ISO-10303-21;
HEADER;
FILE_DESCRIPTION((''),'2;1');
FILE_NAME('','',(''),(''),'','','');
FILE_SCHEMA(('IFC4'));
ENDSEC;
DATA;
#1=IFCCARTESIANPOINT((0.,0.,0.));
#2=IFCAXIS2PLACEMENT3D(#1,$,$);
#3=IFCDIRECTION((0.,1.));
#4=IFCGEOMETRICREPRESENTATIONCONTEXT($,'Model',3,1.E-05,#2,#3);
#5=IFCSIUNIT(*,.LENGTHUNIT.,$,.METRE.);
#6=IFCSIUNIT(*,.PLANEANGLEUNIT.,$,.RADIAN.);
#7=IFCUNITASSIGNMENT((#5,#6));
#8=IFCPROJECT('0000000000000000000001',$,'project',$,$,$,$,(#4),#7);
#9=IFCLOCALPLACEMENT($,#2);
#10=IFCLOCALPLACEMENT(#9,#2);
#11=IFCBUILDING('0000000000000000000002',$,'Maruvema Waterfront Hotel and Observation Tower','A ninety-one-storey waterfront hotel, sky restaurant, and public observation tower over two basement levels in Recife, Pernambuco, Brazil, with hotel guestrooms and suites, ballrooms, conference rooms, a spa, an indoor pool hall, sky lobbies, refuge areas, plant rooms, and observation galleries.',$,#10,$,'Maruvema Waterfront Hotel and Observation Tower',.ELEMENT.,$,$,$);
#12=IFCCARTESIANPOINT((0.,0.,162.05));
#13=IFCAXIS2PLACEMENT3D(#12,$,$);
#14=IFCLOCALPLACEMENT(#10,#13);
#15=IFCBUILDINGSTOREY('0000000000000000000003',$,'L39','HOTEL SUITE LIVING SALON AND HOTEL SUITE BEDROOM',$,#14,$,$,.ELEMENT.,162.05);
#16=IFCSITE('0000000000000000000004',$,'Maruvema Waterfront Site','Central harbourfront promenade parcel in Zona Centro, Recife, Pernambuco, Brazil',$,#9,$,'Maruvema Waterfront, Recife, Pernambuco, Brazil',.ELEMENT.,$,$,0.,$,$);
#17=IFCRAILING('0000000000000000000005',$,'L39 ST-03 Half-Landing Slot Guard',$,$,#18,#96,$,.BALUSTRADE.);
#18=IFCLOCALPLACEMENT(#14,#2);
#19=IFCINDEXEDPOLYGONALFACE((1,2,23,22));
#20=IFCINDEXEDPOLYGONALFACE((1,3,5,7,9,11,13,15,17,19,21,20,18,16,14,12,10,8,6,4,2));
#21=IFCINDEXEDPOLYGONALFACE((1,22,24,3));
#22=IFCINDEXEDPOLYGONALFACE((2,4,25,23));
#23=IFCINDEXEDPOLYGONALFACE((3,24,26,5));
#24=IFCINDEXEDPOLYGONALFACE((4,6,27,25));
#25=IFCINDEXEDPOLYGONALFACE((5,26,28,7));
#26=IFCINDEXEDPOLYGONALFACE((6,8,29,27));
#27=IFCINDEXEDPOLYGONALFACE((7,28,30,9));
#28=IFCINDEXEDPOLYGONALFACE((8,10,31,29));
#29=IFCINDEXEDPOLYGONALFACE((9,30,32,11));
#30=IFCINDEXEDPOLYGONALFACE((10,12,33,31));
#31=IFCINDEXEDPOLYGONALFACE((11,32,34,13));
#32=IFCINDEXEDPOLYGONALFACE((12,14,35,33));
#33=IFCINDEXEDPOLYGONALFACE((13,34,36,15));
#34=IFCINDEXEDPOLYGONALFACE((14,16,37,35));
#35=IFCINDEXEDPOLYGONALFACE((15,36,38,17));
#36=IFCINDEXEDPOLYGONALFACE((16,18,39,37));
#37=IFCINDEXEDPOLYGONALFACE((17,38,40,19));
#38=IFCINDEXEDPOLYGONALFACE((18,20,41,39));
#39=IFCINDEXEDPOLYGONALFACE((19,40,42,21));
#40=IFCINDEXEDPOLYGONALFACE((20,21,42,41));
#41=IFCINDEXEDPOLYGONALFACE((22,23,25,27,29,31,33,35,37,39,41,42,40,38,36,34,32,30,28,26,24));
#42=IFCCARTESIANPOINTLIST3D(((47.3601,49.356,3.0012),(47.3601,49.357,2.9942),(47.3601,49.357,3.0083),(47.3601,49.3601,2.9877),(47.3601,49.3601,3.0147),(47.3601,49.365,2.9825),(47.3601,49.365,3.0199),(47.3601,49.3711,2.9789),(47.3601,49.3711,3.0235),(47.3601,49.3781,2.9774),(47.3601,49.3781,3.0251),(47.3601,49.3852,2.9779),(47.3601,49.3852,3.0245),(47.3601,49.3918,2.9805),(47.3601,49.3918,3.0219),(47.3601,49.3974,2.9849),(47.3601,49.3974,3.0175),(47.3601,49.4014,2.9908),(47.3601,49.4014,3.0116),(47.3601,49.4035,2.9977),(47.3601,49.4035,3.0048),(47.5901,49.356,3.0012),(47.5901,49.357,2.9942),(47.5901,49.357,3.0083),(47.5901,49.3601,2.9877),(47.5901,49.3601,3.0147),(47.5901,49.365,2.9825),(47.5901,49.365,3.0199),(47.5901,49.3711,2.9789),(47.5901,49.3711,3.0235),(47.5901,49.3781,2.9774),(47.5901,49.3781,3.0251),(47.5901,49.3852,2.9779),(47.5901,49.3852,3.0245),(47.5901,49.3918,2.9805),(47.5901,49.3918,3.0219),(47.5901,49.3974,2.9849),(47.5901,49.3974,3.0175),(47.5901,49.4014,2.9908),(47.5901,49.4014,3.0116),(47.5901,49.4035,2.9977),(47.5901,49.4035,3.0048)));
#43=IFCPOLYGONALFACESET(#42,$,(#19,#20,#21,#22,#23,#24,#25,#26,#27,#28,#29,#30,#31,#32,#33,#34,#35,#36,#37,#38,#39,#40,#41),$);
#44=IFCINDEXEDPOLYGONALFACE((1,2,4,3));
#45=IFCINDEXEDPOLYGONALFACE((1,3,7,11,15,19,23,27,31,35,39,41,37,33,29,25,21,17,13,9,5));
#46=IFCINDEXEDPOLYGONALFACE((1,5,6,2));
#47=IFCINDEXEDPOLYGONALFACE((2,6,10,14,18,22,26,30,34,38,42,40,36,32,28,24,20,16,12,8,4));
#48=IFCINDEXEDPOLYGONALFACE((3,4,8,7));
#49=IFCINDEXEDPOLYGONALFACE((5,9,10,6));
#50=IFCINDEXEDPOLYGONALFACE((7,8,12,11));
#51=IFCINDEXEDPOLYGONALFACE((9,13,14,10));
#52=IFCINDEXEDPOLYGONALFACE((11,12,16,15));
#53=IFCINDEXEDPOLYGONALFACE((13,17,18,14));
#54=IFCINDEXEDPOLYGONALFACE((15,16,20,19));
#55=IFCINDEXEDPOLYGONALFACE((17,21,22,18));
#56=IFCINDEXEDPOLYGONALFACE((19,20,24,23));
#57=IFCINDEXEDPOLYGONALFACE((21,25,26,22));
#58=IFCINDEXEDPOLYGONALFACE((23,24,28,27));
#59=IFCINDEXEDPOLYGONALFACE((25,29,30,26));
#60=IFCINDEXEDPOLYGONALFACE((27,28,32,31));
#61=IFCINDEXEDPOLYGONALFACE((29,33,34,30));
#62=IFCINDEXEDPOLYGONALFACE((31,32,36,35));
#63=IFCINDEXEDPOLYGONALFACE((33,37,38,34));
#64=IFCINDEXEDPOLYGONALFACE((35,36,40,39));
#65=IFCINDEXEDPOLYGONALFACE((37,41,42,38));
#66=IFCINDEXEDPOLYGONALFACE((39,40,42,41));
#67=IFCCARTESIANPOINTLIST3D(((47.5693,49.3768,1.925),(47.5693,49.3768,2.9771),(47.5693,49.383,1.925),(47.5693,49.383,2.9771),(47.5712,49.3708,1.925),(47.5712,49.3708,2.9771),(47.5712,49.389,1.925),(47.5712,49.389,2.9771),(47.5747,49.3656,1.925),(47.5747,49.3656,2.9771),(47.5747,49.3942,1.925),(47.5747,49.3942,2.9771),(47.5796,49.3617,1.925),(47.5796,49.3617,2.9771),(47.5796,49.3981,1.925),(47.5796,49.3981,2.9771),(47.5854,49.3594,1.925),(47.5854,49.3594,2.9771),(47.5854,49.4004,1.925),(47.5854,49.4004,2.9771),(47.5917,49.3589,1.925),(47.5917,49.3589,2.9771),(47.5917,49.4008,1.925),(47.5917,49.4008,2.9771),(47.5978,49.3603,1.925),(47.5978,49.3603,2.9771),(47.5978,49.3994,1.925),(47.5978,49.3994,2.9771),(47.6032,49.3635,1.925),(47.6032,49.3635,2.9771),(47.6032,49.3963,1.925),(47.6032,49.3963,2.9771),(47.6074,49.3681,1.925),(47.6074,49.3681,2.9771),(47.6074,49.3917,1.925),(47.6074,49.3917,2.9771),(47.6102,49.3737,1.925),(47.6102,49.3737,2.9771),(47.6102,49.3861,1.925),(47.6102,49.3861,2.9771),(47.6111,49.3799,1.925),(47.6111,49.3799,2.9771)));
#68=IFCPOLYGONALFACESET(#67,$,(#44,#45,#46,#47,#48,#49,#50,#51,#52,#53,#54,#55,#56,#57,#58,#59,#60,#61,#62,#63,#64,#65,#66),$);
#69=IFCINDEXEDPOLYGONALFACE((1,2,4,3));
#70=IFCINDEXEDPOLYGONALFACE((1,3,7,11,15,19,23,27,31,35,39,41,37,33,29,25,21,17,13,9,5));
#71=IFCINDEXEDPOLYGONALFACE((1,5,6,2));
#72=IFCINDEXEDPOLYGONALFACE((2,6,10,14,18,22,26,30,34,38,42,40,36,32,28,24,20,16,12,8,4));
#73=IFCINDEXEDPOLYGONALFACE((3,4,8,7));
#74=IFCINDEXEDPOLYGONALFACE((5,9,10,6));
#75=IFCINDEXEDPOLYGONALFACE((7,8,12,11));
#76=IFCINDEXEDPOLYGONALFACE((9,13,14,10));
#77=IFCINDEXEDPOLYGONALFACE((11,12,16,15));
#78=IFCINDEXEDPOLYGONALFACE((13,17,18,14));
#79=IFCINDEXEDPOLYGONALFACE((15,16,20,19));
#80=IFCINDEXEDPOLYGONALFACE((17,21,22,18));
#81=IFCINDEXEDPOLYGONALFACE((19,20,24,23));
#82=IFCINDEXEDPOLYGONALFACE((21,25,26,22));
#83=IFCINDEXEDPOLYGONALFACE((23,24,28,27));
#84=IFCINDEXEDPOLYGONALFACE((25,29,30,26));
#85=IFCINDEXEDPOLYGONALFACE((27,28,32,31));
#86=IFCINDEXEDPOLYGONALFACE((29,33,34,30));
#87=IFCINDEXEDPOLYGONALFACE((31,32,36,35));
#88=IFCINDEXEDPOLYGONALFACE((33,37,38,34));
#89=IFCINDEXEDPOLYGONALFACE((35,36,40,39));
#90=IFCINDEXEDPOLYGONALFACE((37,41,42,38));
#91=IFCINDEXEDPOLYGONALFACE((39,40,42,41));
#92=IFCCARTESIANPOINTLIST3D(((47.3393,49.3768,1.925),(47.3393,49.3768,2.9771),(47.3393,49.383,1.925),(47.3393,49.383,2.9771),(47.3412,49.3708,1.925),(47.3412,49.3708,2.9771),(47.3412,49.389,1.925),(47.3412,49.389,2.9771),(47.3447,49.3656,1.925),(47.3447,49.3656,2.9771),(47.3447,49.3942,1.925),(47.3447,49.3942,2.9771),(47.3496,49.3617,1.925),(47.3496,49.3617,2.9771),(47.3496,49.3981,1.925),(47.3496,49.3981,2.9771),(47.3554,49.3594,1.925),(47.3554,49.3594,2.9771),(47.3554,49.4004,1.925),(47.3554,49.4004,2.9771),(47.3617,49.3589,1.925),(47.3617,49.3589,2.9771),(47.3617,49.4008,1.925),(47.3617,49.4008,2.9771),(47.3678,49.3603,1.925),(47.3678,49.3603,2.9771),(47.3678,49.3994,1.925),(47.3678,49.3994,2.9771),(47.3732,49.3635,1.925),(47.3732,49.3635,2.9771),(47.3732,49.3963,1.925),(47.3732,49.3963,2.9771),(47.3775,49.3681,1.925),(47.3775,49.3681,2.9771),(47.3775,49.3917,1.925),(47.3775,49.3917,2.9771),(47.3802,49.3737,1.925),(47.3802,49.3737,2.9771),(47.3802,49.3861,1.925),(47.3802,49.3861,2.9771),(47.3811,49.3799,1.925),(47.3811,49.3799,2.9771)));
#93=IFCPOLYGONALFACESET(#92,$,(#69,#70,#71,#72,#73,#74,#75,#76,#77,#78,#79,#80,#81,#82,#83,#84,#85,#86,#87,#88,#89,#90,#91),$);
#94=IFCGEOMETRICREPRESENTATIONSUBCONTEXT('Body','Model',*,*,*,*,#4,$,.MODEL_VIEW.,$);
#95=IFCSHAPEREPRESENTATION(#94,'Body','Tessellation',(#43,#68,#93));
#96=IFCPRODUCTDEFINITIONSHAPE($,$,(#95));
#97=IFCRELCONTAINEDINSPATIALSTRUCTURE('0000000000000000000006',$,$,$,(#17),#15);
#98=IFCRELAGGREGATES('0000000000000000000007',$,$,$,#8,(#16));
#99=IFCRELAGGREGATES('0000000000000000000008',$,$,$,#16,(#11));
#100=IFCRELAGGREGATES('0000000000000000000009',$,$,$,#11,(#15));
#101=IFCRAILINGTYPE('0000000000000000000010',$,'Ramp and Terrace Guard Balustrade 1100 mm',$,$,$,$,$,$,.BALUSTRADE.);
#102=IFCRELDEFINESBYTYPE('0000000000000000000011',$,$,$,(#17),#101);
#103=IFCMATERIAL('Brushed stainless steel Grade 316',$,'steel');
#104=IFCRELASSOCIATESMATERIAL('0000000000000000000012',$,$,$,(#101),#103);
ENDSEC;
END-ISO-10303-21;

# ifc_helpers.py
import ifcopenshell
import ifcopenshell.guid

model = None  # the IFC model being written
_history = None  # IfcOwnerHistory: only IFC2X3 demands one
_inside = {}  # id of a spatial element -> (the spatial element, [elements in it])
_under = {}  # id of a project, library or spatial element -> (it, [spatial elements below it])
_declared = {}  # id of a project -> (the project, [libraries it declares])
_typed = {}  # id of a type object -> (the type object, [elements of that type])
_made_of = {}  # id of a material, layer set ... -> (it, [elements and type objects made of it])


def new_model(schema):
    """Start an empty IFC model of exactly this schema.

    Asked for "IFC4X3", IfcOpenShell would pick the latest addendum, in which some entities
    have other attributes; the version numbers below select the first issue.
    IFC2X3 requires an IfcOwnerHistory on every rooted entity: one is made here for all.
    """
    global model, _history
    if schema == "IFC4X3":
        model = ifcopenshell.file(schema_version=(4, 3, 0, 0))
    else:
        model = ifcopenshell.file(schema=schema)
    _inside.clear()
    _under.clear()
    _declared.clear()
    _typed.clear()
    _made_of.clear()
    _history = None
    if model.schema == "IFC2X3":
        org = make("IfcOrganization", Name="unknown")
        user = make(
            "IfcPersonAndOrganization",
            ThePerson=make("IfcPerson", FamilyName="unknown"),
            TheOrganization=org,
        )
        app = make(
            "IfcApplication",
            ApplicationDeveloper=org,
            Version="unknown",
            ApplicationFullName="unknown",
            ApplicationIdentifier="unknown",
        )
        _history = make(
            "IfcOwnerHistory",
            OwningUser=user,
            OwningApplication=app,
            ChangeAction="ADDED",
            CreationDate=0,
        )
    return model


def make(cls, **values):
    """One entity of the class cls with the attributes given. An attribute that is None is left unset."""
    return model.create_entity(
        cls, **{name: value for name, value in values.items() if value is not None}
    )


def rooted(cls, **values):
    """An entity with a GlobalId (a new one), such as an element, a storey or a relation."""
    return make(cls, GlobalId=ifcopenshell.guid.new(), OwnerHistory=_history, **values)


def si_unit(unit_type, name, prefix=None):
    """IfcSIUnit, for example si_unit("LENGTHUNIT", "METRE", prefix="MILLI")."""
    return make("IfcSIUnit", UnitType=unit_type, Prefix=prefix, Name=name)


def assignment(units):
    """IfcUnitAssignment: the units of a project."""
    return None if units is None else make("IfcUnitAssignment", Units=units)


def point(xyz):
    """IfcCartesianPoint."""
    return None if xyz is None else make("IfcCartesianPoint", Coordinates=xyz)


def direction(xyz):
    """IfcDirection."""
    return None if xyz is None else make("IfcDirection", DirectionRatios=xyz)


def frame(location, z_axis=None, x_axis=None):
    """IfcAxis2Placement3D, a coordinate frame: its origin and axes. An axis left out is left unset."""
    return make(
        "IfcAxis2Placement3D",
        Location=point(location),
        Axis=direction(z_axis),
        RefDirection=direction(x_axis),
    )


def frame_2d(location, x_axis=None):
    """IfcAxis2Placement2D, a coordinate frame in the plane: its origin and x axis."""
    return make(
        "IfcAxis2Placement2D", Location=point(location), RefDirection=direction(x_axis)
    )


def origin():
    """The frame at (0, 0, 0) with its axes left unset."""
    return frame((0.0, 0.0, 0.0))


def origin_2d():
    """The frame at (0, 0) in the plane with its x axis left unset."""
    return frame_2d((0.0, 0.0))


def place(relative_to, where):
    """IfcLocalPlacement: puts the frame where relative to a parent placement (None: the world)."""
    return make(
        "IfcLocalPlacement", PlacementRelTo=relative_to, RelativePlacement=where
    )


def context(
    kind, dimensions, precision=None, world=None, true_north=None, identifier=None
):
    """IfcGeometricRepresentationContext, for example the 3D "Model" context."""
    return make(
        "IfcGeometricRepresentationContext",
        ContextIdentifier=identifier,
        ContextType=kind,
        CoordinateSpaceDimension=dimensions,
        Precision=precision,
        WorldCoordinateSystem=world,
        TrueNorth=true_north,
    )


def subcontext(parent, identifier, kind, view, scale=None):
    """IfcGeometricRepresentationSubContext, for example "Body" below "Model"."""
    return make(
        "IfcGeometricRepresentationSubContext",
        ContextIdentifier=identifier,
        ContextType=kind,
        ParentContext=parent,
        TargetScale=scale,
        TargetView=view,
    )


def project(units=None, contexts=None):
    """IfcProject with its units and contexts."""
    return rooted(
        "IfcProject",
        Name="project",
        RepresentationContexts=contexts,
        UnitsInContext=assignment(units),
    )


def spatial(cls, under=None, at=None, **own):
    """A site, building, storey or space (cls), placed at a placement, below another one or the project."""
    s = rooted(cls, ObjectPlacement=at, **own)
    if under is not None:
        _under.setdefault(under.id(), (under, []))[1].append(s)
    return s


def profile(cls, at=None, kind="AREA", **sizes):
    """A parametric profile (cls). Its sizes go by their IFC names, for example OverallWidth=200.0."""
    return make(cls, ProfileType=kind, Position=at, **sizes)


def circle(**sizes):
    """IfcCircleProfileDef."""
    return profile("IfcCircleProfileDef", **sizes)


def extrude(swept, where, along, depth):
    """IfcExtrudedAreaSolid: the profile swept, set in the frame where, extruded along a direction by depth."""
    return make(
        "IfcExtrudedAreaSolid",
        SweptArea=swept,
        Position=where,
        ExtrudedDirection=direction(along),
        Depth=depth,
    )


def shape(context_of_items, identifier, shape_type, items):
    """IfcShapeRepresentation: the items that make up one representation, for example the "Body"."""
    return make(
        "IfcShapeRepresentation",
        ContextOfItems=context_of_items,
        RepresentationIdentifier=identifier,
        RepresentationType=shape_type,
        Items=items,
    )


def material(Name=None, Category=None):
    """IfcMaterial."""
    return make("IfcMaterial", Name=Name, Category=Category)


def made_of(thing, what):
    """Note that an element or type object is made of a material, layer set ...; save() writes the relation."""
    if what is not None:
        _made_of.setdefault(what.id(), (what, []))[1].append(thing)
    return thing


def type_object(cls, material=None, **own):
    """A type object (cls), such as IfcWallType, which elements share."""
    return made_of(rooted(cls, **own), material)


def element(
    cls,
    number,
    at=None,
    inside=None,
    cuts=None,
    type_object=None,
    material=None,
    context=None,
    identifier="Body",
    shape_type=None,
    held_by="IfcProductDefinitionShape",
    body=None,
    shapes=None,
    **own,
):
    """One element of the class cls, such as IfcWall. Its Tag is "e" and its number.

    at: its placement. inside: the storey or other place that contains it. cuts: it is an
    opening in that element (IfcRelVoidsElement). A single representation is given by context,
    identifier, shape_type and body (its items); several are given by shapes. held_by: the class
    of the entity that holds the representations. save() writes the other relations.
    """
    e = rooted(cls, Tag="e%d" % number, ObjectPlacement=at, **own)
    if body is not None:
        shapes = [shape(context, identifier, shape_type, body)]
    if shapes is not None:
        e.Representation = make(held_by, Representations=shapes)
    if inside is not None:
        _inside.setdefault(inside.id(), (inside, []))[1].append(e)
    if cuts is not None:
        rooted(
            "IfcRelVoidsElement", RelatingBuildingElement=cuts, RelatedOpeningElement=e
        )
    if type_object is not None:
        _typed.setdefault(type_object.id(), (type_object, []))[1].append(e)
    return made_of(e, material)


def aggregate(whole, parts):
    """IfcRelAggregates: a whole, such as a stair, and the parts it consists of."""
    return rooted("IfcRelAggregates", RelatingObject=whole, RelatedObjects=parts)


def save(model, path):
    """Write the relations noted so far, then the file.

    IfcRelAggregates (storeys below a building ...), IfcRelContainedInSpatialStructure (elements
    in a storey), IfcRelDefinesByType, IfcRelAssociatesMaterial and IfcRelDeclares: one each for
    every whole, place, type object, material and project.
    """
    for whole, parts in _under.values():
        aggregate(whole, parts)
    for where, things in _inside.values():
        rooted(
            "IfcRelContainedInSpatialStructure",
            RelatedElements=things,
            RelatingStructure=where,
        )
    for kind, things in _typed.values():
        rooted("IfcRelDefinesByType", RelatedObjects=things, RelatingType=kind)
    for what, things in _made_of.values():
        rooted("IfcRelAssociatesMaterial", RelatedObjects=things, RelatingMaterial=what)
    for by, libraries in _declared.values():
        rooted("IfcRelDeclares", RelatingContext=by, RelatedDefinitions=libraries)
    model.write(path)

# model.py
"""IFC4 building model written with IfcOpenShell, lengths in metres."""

from ifc_helpers import new_model, si_unit, direction, frame, origin, origin_2d, place, context, subcontext, project, spatial, circle, extrude, material, type_object, element, save


model = new_model("IFC4")

# Units and contexts
model_context = context("Model", 3, precision=1e-05, world=origin(), true_north=direction((0.0, 1.0)))
body_context = subcontext(model_context, "Body", "Model", "MODEL_VIEW")
ifc_project = project(units=[si_unit("LENGTHUNIT", "METRE"), si_unit("PLANEANGLEUNIT", "RADIAN")], contexts=[model_context])

# Site, building, storey
site_placement = place(None, origin())
site = spatial("IfcSite", under=ifc_project, at=site_placement, Name="Maruvema Waterfront Site", Description="Central harbourfront promenade parcel in Zona Centro, Recife, Pernambuco, Brazil", LongName="Maruvema Waterfront, Recife, Pernambuco, Brazil", CompositionType="ELEMENT", RefElevation=0.0)
building_placement = place(site_placement, origin())
building = spatial("IfcBuilding", under=site, at=building_placement, Name="Maruvema Waterfront Hotel and Observation Tower", Description="A ninety-one-storey waterfront hotel, sky restaurant, and public observation tower over two basement levels in Recife, Pernambuco, Brazil, with hotel guestrooms and suites, ballrooms, conference rooms, a spa, an indoor pool hall, sky lobbies, refuge areas, plant rooms, and observation galleries.", LongName="Maruvema Waterfront Hotel and Observation Tower", CompositionType="ELEMENT")
storey_placement = place(building_placement, frame((0.0, 0.0, 162.05)))
storey = spatial("IfcBuildingStorey", under=building, at=storey_placement, Name="L39", Description="HOTEL SUITE LIVING SALON AND HOTEL SUITE BEDROOM", CompositionType="ELEMENT", Elevation=162.05)

# Railing
ifc_material_1 = material(Name="Brushed stainless steel Grade 316", Category="steel")
railing_type_1 = type_object("IfcRailingType", Name="Ramp and Terrace Guard Balustrade 1100 mm", PredefinedType="BALUSTRADE", material=ifc_material_1)
railing_1_placement = place(storey_placement, frame((47.5901, 49.3799, 1.925)))
element("IfcRailing", 1, at=railing_1_placement, inside=storey, type_object=railing_type_1, Name="L39 ST-03 Half-Landing Slot Guard", PredefinedType="BALUSTRADE", context=body_context, shape_type="SweptSolid", body=[
    extrude(circle(Radius=0.0239, at=origin_2d()), frame((0.0, 0.0, 1.0762), z_axis=(-1.0, 0.0, 0.0), x_axis=(0.0, -1.0, 0.0)), (0.0, 0.0, 1.0), 0.23),
    extrude(circle(Radius=0.021, at=origin_2d()), origin(), (0.0, 0.0, 1.0), 1.052),
    extrude(circle(Radius=0.021, at=origin_2d()), frame((-0.23, 0.0, 0.0)), (0.0, 0.0, 1.0), 1.052),
])

save(model, "model.ifc")
